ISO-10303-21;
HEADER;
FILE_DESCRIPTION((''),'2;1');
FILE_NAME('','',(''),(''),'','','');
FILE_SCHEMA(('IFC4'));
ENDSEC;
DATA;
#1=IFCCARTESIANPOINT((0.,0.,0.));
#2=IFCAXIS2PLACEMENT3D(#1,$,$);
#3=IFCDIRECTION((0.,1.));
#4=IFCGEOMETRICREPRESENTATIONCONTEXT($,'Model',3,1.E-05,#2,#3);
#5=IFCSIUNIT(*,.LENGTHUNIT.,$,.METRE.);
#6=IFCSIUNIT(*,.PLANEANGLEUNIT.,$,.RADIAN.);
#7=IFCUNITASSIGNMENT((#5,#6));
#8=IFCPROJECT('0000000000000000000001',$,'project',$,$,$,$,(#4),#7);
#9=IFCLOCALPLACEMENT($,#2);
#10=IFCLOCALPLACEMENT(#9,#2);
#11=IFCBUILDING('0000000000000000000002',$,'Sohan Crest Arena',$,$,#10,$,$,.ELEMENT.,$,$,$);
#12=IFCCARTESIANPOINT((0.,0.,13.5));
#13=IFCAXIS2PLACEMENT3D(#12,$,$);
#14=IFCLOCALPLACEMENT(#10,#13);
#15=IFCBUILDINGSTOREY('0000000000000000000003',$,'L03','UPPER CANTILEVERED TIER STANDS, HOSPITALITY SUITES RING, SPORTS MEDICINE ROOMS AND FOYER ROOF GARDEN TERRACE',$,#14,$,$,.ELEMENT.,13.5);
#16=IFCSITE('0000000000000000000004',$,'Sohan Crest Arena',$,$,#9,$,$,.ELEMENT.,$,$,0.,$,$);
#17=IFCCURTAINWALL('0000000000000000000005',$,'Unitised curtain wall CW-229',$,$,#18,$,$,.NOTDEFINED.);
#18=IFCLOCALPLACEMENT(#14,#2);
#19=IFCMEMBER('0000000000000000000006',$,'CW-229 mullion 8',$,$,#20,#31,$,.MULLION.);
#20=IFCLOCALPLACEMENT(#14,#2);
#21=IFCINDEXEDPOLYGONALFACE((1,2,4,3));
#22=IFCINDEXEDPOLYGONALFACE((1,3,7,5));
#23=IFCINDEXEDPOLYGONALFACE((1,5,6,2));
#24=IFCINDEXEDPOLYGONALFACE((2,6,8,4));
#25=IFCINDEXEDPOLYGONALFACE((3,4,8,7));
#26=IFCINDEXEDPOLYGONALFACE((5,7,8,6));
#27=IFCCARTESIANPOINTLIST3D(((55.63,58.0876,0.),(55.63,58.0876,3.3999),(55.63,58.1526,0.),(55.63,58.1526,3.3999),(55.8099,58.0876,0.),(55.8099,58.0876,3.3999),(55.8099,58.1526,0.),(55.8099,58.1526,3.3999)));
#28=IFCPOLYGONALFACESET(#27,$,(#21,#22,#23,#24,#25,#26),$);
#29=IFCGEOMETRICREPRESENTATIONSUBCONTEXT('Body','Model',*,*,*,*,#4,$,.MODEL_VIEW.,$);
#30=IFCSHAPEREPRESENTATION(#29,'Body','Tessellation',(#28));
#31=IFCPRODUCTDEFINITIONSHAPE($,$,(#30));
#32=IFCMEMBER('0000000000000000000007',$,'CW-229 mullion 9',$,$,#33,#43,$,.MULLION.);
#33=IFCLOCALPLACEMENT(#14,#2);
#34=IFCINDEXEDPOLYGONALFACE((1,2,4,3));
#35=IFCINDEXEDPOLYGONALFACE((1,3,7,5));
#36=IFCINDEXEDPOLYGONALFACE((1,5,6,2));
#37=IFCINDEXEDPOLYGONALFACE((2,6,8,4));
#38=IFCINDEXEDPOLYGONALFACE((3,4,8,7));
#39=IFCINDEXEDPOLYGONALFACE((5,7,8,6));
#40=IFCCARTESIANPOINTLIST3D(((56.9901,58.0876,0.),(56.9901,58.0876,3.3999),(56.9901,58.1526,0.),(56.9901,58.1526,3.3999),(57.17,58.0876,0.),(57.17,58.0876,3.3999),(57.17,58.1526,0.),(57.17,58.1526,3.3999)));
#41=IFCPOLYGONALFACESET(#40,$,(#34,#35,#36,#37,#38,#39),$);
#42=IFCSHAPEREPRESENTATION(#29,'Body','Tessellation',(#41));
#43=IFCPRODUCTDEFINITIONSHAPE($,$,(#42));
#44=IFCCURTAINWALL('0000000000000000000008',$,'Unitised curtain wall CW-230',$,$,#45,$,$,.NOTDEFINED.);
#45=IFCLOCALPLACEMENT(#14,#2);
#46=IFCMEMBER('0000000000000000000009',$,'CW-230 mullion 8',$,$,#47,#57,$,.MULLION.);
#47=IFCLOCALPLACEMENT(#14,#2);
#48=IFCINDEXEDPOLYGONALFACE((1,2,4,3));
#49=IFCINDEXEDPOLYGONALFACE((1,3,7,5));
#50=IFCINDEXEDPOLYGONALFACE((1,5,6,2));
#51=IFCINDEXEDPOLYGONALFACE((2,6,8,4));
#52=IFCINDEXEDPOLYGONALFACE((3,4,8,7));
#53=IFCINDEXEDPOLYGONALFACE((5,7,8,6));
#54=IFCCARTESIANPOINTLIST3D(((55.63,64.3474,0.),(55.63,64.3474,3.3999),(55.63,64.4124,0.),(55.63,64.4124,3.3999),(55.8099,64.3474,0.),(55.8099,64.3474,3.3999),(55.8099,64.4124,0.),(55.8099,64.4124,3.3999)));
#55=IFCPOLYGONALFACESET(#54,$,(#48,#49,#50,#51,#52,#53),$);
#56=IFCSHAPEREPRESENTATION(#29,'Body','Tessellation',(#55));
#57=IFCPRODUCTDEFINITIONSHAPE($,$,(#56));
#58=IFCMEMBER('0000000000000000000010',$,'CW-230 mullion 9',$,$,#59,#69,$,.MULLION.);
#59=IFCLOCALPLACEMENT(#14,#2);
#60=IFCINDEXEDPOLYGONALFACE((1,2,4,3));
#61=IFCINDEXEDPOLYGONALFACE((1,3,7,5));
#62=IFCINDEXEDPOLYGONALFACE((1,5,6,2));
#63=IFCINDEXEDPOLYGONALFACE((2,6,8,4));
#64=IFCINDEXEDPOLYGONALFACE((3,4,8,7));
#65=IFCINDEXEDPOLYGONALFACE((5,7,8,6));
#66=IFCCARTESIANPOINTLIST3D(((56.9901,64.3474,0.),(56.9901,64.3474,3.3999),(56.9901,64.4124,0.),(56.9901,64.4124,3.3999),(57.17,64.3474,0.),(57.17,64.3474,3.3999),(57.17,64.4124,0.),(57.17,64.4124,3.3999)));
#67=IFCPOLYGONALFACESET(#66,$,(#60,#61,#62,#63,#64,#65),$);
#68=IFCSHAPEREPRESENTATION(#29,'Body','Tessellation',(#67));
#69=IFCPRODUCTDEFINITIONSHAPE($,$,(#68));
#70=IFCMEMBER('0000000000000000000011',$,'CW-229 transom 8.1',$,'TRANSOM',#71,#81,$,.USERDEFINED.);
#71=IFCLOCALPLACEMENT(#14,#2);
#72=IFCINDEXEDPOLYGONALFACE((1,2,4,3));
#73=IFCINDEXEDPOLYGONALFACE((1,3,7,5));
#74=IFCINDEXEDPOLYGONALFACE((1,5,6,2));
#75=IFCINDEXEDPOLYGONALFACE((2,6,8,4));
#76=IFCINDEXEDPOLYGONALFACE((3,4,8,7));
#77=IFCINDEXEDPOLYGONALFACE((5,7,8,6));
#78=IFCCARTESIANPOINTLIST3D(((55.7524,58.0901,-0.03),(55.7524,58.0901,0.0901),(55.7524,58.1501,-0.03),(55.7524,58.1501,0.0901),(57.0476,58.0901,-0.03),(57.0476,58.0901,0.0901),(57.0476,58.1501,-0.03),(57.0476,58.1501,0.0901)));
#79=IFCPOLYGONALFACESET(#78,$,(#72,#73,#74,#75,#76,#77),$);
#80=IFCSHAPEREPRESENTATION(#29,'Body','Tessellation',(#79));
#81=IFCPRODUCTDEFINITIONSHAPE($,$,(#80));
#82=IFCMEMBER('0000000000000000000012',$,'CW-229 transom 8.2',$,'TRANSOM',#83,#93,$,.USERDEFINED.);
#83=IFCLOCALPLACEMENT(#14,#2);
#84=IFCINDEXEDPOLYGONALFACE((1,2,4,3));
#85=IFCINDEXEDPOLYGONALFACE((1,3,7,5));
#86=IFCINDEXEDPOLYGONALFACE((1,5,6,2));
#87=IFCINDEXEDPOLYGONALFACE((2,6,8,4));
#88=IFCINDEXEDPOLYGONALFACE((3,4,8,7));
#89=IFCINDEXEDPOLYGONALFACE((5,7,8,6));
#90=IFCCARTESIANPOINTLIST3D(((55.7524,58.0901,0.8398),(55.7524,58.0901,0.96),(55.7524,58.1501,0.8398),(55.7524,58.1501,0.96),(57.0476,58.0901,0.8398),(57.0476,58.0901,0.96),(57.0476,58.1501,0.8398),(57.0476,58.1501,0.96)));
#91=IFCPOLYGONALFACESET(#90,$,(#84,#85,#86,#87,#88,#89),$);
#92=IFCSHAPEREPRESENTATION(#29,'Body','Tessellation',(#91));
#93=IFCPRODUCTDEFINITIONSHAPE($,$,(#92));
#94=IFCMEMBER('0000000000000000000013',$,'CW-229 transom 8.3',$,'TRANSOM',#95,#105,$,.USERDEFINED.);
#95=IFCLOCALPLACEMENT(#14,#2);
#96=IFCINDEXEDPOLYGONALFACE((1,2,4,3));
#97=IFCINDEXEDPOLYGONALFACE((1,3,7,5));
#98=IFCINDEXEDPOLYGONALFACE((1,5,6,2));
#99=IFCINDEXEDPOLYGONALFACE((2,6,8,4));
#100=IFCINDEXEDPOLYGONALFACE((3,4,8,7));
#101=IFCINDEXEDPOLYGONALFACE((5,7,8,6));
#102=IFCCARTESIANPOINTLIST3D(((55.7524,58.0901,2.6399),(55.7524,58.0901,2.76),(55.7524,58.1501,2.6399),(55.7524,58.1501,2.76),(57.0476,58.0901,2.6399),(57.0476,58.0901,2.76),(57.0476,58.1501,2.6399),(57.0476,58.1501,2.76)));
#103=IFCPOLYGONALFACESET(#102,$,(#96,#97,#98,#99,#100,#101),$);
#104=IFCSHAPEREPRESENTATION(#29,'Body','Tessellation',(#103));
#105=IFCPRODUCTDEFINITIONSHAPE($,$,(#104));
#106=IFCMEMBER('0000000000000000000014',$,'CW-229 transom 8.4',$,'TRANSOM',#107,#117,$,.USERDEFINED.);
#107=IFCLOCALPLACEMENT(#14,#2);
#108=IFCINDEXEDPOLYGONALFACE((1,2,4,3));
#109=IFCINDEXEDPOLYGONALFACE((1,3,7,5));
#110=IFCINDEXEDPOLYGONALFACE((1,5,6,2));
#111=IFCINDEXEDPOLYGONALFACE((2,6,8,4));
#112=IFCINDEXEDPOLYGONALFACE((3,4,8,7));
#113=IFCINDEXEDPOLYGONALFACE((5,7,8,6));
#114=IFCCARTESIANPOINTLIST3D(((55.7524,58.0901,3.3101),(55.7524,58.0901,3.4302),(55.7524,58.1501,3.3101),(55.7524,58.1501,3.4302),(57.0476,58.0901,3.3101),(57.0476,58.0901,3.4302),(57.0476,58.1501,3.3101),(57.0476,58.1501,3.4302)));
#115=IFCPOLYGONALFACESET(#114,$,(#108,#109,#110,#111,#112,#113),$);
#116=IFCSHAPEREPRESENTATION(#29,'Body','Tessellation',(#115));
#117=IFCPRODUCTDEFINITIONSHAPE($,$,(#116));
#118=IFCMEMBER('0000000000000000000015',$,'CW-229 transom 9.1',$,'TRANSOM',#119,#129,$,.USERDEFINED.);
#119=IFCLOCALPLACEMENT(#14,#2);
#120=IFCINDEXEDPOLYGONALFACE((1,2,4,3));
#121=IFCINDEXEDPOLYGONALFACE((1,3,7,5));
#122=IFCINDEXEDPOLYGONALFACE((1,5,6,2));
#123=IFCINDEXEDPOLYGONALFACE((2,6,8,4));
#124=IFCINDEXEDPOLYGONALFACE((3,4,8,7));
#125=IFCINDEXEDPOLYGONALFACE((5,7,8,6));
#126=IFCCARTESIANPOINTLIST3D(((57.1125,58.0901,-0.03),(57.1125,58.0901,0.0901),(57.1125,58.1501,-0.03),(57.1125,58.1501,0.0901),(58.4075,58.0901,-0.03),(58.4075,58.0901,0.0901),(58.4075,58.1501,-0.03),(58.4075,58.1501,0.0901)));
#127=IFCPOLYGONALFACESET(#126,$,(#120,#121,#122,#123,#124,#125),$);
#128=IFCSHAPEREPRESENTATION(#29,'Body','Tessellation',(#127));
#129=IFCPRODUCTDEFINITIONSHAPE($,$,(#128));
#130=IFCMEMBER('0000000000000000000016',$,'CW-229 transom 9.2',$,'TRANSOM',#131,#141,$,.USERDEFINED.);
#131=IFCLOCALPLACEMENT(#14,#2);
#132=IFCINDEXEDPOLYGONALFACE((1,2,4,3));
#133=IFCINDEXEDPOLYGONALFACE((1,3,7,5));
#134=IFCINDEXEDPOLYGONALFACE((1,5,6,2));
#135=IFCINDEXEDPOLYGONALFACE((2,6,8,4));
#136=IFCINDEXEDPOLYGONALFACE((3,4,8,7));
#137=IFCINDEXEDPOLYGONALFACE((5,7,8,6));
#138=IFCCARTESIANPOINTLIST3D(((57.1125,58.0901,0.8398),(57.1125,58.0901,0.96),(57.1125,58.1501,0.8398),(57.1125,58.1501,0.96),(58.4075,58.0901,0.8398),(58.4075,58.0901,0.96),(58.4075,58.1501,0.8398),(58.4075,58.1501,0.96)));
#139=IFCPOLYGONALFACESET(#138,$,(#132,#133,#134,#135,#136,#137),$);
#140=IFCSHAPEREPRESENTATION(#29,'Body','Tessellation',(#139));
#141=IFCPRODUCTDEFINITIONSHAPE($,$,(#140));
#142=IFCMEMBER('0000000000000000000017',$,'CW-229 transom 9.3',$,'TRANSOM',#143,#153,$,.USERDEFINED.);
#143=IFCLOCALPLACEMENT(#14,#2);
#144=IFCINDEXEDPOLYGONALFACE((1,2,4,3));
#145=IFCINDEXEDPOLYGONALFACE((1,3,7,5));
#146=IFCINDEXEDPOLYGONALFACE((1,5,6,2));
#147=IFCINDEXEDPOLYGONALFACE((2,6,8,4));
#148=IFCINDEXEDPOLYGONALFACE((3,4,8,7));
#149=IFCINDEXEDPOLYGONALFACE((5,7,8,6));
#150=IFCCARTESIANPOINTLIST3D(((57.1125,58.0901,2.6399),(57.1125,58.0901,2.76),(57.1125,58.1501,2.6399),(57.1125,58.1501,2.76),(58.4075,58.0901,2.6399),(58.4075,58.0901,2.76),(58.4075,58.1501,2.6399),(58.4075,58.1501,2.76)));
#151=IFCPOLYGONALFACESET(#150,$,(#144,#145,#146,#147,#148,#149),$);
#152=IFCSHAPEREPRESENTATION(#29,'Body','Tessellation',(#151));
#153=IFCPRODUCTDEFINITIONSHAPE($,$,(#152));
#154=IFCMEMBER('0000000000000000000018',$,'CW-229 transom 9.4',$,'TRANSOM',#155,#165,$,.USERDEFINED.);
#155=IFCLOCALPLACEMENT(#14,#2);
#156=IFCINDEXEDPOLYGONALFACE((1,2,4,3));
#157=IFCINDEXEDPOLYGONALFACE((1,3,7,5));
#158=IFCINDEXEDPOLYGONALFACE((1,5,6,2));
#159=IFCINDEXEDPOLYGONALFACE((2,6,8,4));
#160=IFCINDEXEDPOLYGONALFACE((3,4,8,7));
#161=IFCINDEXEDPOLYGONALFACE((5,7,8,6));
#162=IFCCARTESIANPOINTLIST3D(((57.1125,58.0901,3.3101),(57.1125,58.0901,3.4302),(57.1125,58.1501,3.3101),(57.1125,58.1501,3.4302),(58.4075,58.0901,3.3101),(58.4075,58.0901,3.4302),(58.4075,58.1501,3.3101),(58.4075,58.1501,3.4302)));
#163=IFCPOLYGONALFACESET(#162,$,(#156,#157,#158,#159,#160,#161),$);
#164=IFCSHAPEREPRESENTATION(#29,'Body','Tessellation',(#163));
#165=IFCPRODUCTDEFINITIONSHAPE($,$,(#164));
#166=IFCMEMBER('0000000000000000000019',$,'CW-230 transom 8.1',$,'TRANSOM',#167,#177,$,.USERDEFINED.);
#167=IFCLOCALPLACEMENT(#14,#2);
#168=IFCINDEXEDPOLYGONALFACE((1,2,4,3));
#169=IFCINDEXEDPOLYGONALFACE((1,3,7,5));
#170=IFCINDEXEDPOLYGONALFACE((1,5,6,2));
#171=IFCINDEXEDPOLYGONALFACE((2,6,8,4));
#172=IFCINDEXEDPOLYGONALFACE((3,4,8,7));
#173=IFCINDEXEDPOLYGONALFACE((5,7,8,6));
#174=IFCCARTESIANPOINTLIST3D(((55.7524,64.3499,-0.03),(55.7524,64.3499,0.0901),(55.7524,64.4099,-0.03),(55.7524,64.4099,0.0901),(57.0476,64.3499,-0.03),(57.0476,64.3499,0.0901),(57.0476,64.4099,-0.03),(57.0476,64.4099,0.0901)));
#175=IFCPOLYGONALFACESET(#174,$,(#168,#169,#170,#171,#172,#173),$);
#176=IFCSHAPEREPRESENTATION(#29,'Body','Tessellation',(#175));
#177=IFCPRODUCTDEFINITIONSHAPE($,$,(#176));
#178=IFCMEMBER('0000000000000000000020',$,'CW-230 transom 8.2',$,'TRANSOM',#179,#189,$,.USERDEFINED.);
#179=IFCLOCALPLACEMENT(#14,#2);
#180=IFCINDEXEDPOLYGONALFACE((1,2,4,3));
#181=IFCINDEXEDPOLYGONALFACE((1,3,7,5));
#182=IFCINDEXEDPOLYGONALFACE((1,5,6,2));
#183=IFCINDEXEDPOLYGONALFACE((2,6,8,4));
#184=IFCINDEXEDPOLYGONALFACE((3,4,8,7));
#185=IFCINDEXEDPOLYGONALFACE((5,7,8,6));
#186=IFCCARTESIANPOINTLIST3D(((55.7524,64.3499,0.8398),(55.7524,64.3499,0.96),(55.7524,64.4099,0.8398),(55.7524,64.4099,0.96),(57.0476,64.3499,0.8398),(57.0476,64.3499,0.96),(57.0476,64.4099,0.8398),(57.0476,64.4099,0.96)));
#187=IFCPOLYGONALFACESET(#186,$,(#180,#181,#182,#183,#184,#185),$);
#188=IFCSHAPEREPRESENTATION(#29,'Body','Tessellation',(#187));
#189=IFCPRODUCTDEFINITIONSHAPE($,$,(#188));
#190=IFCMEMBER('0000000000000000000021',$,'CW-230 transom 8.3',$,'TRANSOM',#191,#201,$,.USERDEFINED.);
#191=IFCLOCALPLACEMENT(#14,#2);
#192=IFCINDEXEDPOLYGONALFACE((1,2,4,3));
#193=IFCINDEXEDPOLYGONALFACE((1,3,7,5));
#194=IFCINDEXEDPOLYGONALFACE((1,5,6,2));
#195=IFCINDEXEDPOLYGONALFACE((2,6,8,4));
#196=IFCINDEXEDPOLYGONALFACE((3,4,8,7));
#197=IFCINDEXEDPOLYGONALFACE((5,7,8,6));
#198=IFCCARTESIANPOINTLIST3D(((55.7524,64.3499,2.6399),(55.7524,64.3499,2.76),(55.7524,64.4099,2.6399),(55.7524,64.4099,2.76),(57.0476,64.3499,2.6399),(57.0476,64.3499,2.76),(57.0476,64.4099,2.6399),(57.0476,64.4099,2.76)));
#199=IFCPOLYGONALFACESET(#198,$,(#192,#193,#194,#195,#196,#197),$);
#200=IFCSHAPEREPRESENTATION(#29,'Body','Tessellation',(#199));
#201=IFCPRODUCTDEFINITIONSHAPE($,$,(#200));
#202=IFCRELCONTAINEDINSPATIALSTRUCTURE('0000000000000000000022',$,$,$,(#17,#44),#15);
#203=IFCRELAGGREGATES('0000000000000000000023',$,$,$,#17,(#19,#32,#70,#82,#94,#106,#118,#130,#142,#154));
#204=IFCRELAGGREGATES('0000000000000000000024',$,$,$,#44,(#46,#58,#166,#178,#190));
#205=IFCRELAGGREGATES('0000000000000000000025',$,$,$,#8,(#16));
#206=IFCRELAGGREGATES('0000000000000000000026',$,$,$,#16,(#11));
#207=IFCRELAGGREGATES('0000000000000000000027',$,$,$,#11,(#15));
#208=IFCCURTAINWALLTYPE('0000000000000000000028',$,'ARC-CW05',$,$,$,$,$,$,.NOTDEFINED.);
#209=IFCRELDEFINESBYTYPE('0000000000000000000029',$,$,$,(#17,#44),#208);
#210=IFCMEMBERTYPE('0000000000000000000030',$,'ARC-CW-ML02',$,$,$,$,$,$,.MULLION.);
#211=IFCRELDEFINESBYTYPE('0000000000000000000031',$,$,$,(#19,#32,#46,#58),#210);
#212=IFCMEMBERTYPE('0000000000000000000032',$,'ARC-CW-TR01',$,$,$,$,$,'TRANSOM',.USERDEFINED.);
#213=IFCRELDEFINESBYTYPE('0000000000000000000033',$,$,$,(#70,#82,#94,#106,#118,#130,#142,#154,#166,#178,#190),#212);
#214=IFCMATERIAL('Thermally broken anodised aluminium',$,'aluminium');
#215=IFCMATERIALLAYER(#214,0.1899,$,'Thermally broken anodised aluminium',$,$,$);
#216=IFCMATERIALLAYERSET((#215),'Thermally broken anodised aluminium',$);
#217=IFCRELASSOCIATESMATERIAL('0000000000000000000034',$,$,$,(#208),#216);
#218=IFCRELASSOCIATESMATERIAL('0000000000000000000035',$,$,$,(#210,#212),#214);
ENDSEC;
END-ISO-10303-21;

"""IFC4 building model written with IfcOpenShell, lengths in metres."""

from ifc_helpers import new_model, si_unit, direction, frame, origin, origin_2d, place, context, subcontext, project, spatial, rectangle, extrude, material, layer, layer_set, material_profile, profile_set, type_object, element, aggregate, save


model = new_model("IFC4")

# Units and contexts
model_context = context("Model", 3, precision=1e-05, world=origin(), true_north=direction((0.0, 1.0)))
body_context = subcontext(model_context, "Body", "Model", "MODEL_VIEW")
ifc_project = project(units=[si_unit("LENGTHUNIT", "METRE"), si_unit("PLANEANGLEUNIT", "RADIAN")], contexts=[model_context])

# Site, building, storey
site_placement = place(None, origin())
site = spatial("IfcSite", under=ifc_project, at=site_placement, Name="Sohan Crest Arena", CompositionType="ELEMENT", RefElevation=0.0)
building_placement = place(site_placement, origin())
building = spatial("IfcBuilding", under=site, at=building_placement, Name="Sohan Crest Arena", CompositionType="ELEMENT")
storey_placement = place(building_placement, frame((0.0, 0.0, 13.5)))
storey = spatial("IfcBuildingStorey", under=building, at=storey_placement, Name="L03", Description="UPPER CANTILEVERED TIER STANDS, HOSPITALITY SUITES RING, SPORTS MEDICINE ROOMS AND FOYER ROOF GARDEN TERRACE", CompositionType="ELEMENT", Elevation=13.5)

# Curtain walls, members
ifc_material_1 = material(Name="Thermally broken anodised aluminium", Category="aluminium")
ifc_layer_1 = layer(ifc_material_1, 0.1899, Name="Thermally broken anodised aluminium")
ifc_layer_set_1 = layer_set([ifc_layer_1], Name="Thermally broken anodised aluminium")
curtain_wall_type = type_object("IfcCurtainWallType", Name="ARC-CW05", PredefinedType="NOTDEFINED", material=ifc_layer_set_1)
curtain_wall_1_placement = place(storey_placement, origin())
curtain_wall_1 = element("IfcCurtainWall", 1, at=curtain_wall_1_placement, inside=storey, type_object=curtain_wall_type, Name="Unitised curtain wall CW-229", PredefinedType="NOTDEFINED")
ifc_material_profile_1 = material_profile(ifc_material_1, rectangle(XDim=0.0649, YDim=0.1799, at=origin_2d()), Name="ALU-MULL 65x180")
ifc_profile_set_1 = profile_set([ifc_material_profile_1], Name="Thermally broken anodised aluminium")
member_type_1 = type_object("IfcMemberType", Name="ARC-CW-ML02", PredefinedType="MULLION", material=ifc_profile_set_1)
member_1_placement = place(storey_placement, frame((55.72, 58.1201, 0.0), z_axis=(0.0, 0.0, 1.0), x_axis=(0.0, 1.0, 0.0)))
member_1 = element("IfcMember", 2, at=member_1_placement, type_object=member_type_1, Name="CW-229 mullion 8", PredefinedType="MULLION", context=body_context, shape_type="SweptSolid", body=[
    extrude(rectangle(XDim=0.0649, YDim=0.1799, at=origin_2d()), origin(), (0.0, 0.0, 1.0), 3.3999),
])
member_2_placement = place(storey_placement, frame((57.0801, 58.1201, 0.0), z_axis=(0.0, 0.0, 1.0), x_axis=(0.0, 1.0, 0.0)))
member_2 = element("IfcMember", 3, at=member_2_placement, type_object=member_type_1, Name="CW-229 mullion 9", PredefinedType="MULLION", context=body_context, shape_type="SweptSolid", body=[
    extrude(rectangle(XDim=0.0649, YDim=0.1799, at=origin_2d()), origin(), (0.0, 0.0, 1.0), 3.3999),
])
curtain_wall_2_placement = place(storey_placement, origin())
curtain_wall_2 = element("IfcCurtainWall", 4, at=curtain_wall_2_placement, inside=storey, type_object=curtain_wall_type, Name="Unitised curtain wall CW-230", PredefinedType="NOTDEFINED")
member_3_placement = place(storey_placement, frame((55.72, 64.3799, 0.0), z_axis=(0.0, 0.0, 1.0), x_axis=(0.0, 1.0, 0.0)))
member_3 = element("IfcMember", 5, at=member_3_placement, type_object=member_type_1, Name="CW-230 mullion 8", PredefinedType="MULLION", context=body_context, shape_type="SweptSolid", body=[
    extrude(rectangle(XDim=0.0649, YDim=0.1799, at=origin_2d()), origin(), (0.0, 0.0, 1.0), 3.3999),
])
member_4_placement = place(storey_placement, frame((57.0801, 64.3799, 0.0), z_axis=(0.0, 0.0, 1.0), x_axis=(0.0, 1.0, 0.0)))
member_4 = element("IfcMember", 6, at=member_4_placement, type_object=member_type_1, Name="CW-230 mullion 9", PredefinedType="MULLION", context=body_context, shape_type="SweptSolid", body=[
    extrude(rectangle(XDim=0.0649, YDim=0.1799, at=origin_2d()), origin(), (0.0, 0.0, 1.0), 3.3999),
])

# Members
ifc_material_profile_2 = material_profile(ifc_material_1, rectangle(XDim=0.0601, YDim=0.1201, at=origin_2d()), Name="ALU-TRAN 60x120")
ifc_profile_set_2 = profile_set([ifc_material_profile_2], Name="Thermally broken anodised aluminium")
member_type_2 = type_object("IfcMemberType", Name="ARC-CW-TR01", ElementType="TRANSOM", PredefinedType="USERDEFINED", material=ifc_profile_set_2)
member_5_placement = place(storey_placement, frame((55.7524, 58.1201, 0.03), z_axis=(1.0, 0.0, 0.0), x_axis=(0.0, 1.0, 0.0)))
member_5 = element("IfcMember", 7, at=member_5_placement, type_object=member_type_2, Name="CW-229 transom 8.1", ObjectType="TRANSOM", PredefinedType="USERDEFINED", context=body_context, shape_type="SweptSolid", body=[
    extrude(rectangle(XDim=0.0601, YDim=0.1201, at=origin_2d()), origin(), (0.0, 0.0, 1.0), 1.2952),
])
member_6_placement = place(storey_placement, frame((55.7524, 58.1201, 0.8999), z_axis=(1.0, 0.0, 0.0), x_axis=(0.0, 1.0, 0.0)))
member_6 = element("IfcMember", 8, at=member_6_placement, type_object=member_type_2, Name="CW-229 transom 8.2", ObjectType="TRANSOM", PredefinedType="USERDEFINED", context=body_context, shape_type="SweptSolid", body=[
    extrude(rectangle(XDim=0.0601, YDim=0.1201, at=origin_2d()), origin(), (0.0, 0.0, 1.0), 1.2952),
])
member_7_placement = place(storey_placement, frame((55.7524, 58.1201, 2.7), z_axis=(1.0, 0.0, 0.0), x_axis=(0.0, 1.0, 0.0)))
member_7 = element("IfcMember", 9, at=member_7_placement, type_object=member_type_2, Name="CW-229 transom 8.3", ObjectType="TRANSOM", PredefinedType="USERDEFINED", context=body_context, shape_type="SweptSolid", body=[
    extrude(rectangle(XDim=0.0601, YDim=0.1201, at=origin_2d()), origin(), (0.0, 0.0, 1.0), 1.2952),
])
member_8_placement = place(storey_placement, frame((55.7524, 58.1201, 3.3701), z_axis=(1.0, 0.0, 0.0), x_axis=(0.0, 1.0, 0.0)))
member_8 = element("IfcMember", 10, at=member_8_placement, type_object=member_type_2, Name="CW-229 transom 8.4", ObjectType="TRANSOM", PredefinedType="USERDEFINED", context=body_context, shape_type="SweptSolid", body=[
    extrude(rectangle(XDim=0.0601, YDim=0.1201, at=origin_2d()), origin(), (0.0, 0.0, 1.0), 1.2952),
])
member_9_placement = place(storey_placement, frame((57.1125, 58.1201, 0.03), z_axis=(1.0, 0.0, 0.0), x_axis=(0.0, 1.0, 0.0)))
member_9 = element("IfcMember", 11, at=member_9_placement, type_object=member_type_2, Name="CW-229 transom 9.1", ObjectType="TRANSOM", PredefinedType="USERDEFINED", context=body_context, shape_type="SweptSolid", body=[
    extrude(rectangle(XDim=0.0601, YDim=0.1201, at=origin_2d()), origin(), (0.0, 0.0, 1.0), 1.2949),
])
member_10_placement = place(storey_placement, frame((57.1125, 58.1201, 0.8999), z_axis=(1.0, 0.0, 0.0), x_axis=(0.0, 1.0, 0.0)))
member_10 = element("IfcMember", 12, at=member_10_placement, type_object=member_type_2, Name="CW-229 transom 9.2", ObjectType="TRANSOM", PredefinedType="USERDEFINED", context=body_context, shape_type="SweptSolid", body=[
    extrude(rectangle(XDim=0.0601, YDim=0.1201, at=origin_2d()), origin(), (0.0, 0.0, 1.0), 1.2949),
])
member_11_placement = place(storey_placement, frame((57.1125, 58.1201, 2.7), z_axis=(1.0, 0.0, 0.0), x_axis=(0.0, 1.0, 0.0)))
member_11 = element("IfcMember", 13, at=member_11_placement, type_object=member_type_2, Name="CW-229 transom 9.3", ObjectType="TRANSOM", PredefinedType="USERDEFINED", context=body_context, shape_type="SweptSolid", body=[
    extrude(rectangle(XDim=0.0601, YDim=0.1201, at=origin_2d()), origin(), (0.0, 0.0, 1.0), 1.2949),
])
member_12_placement = place(storey_placement, frame((57.1125, 58.1201, 3.3701), z_axis=(1.0, 0.0, 0.0), x_axis=(0.0, 1.0, 0.0)))
member_12 = element("IfcMember", 14, at=member_12_placement, type_object=member_type_2, Name="CW-229 transom 9.4", ObjectType="TRANSOM", PredefinedType="USERDEFINED", context=body_context, shape_type="SweptSolid", body=[
    extrude(rectangle(XDim=0.0601, YDim=0.1201, at=origin_2d()), origin(), (0.0, 0.0, 1.0), 1.2949),
])
member_13_placement = place(storey_placement, frame((55.7524, 64.3799, 0.03), z_axis=(1.0, 0.0, 0.0), x_axis=(0.0, 1.0, 0.0)))
member_13 = element("IfcMember", 15, at=member_13_placement, type_object=member_type_2, Name="CW-230 transom 8.1", ObjectType="TRANSOM", PredefinedType="USERDEFINED", context=body_context, shape_type="SweptSolid", body=[
    extrude(rectangle(XDim=0.0601, YDim=0.1201, at=origin_2d()), origin(), (0.0, 0.0, 1.0), 1.2952),
])
member_14_placement = place(storey_placement, frame((55.7524, 64.3799, 0.8999), z_axis=(1.0, 0.0, 0.0), x_axis=(0.0, 1.0, 0.0)))
member_14 = element("IfcMember", 16, at=member_14_placement, type_object=member_type_2, Name="CW-230 transom 8.2", ObjectType="TRANSOM", PredefinedType="USERDEFINED", context=body_context, shape_type="SweptSolid", body=[
    extrude(rectangle(XDim=0.0601, YDim=0.1201, at=origin_2d()), origin(), (0.0, 0.0, 1.0), 1.2952),
])
member_15_placement = place(storey_placement, frame((55.7524, 64.3799, 2.7), z_axis=(1.0, 0.0, 0.0), x_axis=(0.0, 1.0, 0.0)))
member_15 = element("IfcMember", 17, at=member_15_placement, type_object=member_type_2, Name="CW-230 transom 8.3", ObjectType="TRANSOM", PredefinedType="USERDEFINED", context=body_context, shape_type="SweptSolid", body=[
    extrude(rectangle(XDim=0.0601, YDim=0.1201, at=origin_2d()), origin(), (0.0, 0.0, 1.0), 1.2952),
])

aggregate(curtain_wall_1, [member_1, member_2, member_5, member_6, member_7, member_8, member_9, member_10, member_11, member_12])
aggregate(curtain_wall_2, [member_3, member_4, member_13, member_14, member_15])

save(model, "model.ifc")
